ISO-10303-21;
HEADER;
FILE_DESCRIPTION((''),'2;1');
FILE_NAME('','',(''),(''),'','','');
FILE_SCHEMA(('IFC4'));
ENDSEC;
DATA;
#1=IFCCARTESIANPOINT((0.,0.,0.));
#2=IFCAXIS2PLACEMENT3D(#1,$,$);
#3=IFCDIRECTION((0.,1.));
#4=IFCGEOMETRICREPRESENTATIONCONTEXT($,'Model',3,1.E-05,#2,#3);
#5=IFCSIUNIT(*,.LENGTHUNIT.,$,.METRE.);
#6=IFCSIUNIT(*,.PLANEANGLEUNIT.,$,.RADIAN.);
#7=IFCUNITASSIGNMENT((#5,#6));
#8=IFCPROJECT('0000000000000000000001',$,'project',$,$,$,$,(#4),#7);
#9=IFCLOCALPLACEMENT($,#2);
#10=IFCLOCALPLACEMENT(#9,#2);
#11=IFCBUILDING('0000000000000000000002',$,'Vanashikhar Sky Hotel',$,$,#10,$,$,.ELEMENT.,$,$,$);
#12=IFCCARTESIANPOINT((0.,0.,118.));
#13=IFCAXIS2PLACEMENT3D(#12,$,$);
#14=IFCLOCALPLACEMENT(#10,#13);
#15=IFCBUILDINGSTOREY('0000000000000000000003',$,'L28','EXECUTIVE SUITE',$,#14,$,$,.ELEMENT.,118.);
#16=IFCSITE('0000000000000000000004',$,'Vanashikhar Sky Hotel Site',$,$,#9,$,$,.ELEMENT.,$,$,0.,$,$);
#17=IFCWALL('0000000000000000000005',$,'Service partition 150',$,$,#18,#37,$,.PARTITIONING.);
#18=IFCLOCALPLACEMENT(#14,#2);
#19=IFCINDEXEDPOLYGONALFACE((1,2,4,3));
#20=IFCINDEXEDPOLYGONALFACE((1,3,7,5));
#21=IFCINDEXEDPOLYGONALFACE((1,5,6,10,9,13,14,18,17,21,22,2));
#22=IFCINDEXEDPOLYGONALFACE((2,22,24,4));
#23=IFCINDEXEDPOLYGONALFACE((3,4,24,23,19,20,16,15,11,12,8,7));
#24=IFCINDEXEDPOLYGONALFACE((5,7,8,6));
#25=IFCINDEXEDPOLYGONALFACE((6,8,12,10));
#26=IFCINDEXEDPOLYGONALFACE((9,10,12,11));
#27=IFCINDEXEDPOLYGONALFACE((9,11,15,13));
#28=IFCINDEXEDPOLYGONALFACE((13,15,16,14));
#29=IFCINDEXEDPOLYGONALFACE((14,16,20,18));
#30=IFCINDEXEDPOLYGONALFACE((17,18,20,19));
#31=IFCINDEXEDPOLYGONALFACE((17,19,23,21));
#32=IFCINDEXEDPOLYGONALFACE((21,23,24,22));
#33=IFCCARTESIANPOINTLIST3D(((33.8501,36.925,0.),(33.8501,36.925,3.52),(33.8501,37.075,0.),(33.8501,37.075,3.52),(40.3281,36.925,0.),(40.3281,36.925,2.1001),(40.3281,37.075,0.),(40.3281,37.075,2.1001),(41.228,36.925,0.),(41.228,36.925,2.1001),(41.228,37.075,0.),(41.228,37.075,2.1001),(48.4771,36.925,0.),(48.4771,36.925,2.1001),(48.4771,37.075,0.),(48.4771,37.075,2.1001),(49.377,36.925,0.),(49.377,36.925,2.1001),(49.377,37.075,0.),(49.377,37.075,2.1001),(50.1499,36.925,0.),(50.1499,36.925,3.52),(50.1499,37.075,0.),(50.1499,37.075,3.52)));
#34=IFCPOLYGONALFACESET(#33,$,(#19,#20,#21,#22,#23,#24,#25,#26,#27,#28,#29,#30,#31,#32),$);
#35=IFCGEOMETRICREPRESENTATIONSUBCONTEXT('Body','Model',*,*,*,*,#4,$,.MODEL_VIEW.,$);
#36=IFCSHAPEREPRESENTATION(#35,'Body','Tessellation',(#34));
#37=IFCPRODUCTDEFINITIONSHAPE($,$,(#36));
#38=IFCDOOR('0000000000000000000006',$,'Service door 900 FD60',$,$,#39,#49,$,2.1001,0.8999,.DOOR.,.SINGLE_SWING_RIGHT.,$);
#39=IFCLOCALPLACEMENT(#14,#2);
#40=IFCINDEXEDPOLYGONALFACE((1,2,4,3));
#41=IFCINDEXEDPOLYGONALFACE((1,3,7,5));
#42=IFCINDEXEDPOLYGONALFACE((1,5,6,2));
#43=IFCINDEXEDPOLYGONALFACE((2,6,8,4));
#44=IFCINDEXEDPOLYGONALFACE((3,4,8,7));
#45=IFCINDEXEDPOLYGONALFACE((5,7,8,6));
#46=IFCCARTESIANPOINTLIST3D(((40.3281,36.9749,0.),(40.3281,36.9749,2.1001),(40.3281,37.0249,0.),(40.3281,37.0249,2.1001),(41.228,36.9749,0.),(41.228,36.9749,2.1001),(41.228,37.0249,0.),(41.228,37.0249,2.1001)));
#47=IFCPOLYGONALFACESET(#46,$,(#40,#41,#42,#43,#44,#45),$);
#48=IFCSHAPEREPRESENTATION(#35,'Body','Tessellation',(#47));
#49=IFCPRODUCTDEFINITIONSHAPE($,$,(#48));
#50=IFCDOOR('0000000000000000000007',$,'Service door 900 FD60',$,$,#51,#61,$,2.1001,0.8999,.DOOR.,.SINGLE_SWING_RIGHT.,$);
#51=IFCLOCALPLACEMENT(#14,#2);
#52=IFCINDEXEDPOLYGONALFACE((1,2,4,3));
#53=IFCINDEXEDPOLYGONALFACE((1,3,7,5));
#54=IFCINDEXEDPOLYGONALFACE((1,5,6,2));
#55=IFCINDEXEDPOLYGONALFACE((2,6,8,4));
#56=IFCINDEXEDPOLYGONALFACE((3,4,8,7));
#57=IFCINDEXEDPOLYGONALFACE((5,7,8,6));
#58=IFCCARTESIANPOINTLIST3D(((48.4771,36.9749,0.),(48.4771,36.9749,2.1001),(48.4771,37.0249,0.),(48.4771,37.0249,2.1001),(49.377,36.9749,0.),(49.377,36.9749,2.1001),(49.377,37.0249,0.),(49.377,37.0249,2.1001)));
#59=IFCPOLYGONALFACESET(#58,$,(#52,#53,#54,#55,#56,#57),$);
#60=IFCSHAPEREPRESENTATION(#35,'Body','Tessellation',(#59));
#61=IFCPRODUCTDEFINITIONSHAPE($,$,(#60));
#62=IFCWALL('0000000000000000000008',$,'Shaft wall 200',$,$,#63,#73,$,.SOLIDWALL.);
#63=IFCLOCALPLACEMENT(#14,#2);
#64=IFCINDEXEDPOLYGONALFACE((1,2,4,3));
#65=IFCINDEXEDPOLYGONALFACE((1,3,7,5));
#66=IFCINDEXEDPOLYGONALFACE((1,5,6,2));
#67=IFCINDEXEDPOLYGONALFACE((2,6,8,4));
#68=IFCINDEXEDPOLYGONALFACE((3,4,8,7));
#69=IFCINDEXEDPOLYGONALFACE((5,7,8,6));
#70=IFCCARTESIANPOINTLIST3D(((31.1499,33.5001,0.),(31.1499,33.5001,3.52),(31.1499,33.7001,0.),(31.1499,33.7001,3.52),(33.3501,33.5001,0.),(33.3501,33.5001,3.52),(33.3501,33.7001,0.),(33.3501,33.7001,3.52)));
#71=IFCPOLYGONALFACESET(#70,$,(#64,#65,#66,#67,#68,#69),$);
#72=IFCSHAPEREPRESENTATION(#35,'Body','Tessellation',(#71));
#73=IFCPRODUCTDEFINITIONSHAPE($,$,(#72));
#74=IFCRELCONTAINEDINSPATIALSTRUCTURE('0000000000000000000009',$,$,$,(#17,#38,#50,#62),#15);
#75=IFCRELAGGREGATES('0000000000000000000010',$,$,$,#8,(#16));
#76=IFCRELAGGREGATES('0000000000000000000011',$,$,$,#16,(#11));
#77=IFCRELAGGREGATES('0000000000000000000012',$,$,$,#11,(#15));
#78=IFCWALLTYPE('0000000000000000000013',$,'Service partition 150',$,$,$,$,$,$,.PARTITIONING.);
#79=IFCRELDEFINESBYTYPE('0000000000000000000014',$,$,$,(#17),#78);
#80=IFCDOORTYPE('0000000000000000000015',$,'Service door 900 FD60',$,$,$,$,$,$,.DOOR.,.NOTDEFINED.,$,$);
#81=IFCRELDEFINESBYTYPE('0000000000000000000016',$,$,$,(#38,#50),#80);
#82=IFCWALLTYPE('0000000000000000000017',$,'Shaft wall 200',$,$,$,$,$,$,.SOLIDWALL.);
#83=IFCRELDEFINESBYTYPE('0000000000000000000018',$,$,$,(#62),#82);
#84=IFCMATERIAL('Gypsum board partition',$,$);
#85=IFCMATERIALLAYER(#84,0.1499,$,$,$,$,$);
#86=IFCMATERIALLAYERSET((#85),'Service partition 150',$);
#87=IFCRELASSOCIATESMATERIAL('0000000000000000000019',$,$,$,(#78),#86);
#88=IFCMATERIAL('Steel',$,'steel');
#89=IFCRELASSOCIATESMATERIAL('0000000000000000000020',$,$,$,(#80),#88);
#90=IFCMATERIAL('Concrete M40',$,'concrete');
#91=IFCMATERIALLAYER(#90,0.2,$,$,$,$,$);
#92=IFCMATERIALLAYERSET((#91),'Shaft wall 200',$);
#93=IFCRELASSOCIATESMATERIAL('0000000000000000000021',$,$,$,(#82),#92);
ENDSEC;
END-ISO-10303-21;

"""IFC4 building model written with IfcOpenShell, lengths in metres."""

from ifc_helpers import new_model, si_unit, direction, frame, frame_2d, origin, place, context, subcontext, project, spatial, rectangle, extrude, source, transform, mapped, material, layer, layer_set, type_object, element, fill, save


model = new_model("IFC4")

# Units and contexts
model_context = context("Model", 3, precision=1e-05, world=origin(), true_north=direction((0.0, 1.0)))
body_context = subcontext(model_context, "Body", "Model", "MODEL_VIEW")
ifc_project = project(units=[si_unit("LENGTHUNIT", "METRE"), si_unit("PLANEANGLEUNIT", "RADIAN")], contexts=[model_context])

# Site, building, storey
site_placement = place(None, origin())
site = spatial("IfcSite", under=ifc_project, at=site_placement, Name="Vanashikhar Sky Hotel Site", CompositionType="ELEMENT", RefElevation=0.0)
building_placement = place(site_placement, origin())
building = spatial("IfcBuilding", under=site, at=building_placement, Name="Vanashikhar Sky Hotel", CompositionType="ELEMENT")
storey_placement = place(building_placement, frame((0.0, 0.0, 118.0)))
storey = spatial("IfcBuildingStorey", under=building, at=storey_placement, Name="L28", Description="EXECUTIVE SUITE", CompositionType="ELEMENT", Elevation=118.0)

# Shared definitions
ifc_material_1 = material(Name="Steel", Category="steel")

# Shared definitions
ifc_material_2 = material(Name="Gypsum board partition")
ifc_layer_1 = layer(ifc_material_2, 0.1499)
ifc_layer_set_1 = layer_set([ifc_layer_1], Name="Service partition 150")
wall_type_1 = type_object("IfcWallType", Name="Service partition 150", PredefinedType="PARTITIONING", material=ifc_layer_set_1)

# Wall, openings, doors
shared_shape_1 = source(origin(), body_context, "Body", "SweptSolid", [
    extrude(rectangle(XDim=0.8999, YDim=2.1001, at=frame_2d((0.45, 1.05))), frame((0.0, 0.085, 0.0), z_axis=(0.0, -1.0, 0.0), x_axis=(1.0, 0.0, 0.0)), (0.0, 0.0, 1.0), 0.1699),
])
door_type_1 = type_object("IfcDoorType", Name="Service door 900 FD60", OperationType="NOTDEFINED", PredefinedType="DOOR", material=ifc_material_1)
shared_shape_2 = source(origin(), body_context, "Body", "SweptSolid", [
    extrude(rectangle(XDim=0.8999, YDim=2.1001, at=frame_2d((0.45, 1.05))), frame((0.0, 0.0249, 0.0), z_axis=(0.0, -1.0, 0.0), x_axis=(1.0, 0.0, 0.0)), (0.0, 0.0, 1.0), 0.05),
])
shared_shape_3 = source(origin(), body_context, "Body", "SweptSolid", [
    extrude(rectangle(XDim=16.2998, YDim=0.1499, at=frame_2d((8.1499, 0.0))), origin(), (0.0, 0.0, 1.0), 3.52),
])
wall_1_placement = place(storey_placement, frame((33.8501, 37.0, 0.0), z_axis=(0.0, 0.0, 1.0), x_axis=(1.0, 0.0, 0.0)))
wall_1 = element("IfcWall", 1, at=wall_1_placement, inside=storey, type_object=wall_type_1, Name="Service partition 150", PredefinedType="PARTITIONING", context=body_context, shape_type="MappedRepresentation", body=[
    mapped(shared_shape_3, transform((0.0, 0.0, 0.0), scale=1.0)),
])
opening_1_placement = place(wall_1_placement, frame((6.478, 0.0, 0.0)))
opening_1 = element("IfcOpeningElement", 2, at=opening_1_placement, cuts=wall_1, PredefinedType="OPENING", context=body_context, shape_type="MappedRepresentation", body=[
    mapped(shared_shape_1, transform((0.0, 0.0, 0.0), scale=1.0)),
])
opening_2_placement = place(wall_1_placement, frame((14.627, 0.0, 0.0)))
opening_2 = element("IfcOpeningElement", 3, at=opening_2_placement, cuts=wall_1, PredefinedType="OPENING", context=body_context, shape_type="MappedRepresentation", body=[
    mapped(shared_shape_1, transform((0.0, 0.0, 0.0), scale=1.0)),
])
door_1_placement = place(opening_1_placement, origin())
door_1 = element("IfcDoor", 4, at=door_1_placement, inside=storey, type_object=door_type_1, Name="Service door 900 FD60", OperationType="SINGLE_SWING_RIGHT", OverallHeight=2.1001, OverallWidth=0.8999, PredefinedType="DOOR", context=body_context, shape_type="MappedRepresentation", body=[
    mapped(shared_shape_2, transform((0.0, 0.0, 0.0), scale=1.0)),
])
fill(opening_1, door_1)
door_2_placement = place(opening_2_placement, origin())
door_2 = element("IfcDoor", 5, at=door_2_placement, inside=storey, type_object=door_type_1, Name="Service door 900 FD60", OperationType="SINGLE_SWING_RIGHT", OverallHeight=2.1001, OverallWidth=0.8999, PredefinedType="DOOR", context=body_context, shape_type="MappedRepresentation", body=[
    mapped(shared_shape_2, transform((0.0, 0.0, 0.0), scale=1.0)),
])
fill(opening_2, door_2)

# Wall
ifc_material_3 = material(Name="Concrete M40", Category="concrete")
ifc_layer_2 = layer(ifc_material_3, 0.2)
ifc_layer_set_2 = layer_set([ifc_layer_2], Name="Shaft wall 200")
wall_type_2 = type_object("IfcWallType", Name="Shaft wall 200", PredefinedType="SOLIDWALL", material=ifc_layer_set_2)
shared_shape_4 = source(origin(), body_context, "Body", "SweptSolid", [
    extrude(rectangle(XDim=2.2002, YDim=0.2, at=frame_2d((1.1001, 0.0))), origin(), (0.0, 0.0, 1.0), 3.52),
])
wall_2_placement = place(storey_placement, frame((31.1499, 33.6001, 0.0), z_axis=(0.0, 0.0, 1.0), x_axis=(1.0, 0.0, 0.0)))
element("IfcWall", 6, at=wall_2_placement, inside=storey, type_object=wall_type_2, Name="Shaft wall 200", PredefinedType="SOLIDWALL", context=body_context, shape_type="MappedRepresentation", body=[
    mapped(shared_shape_4, transform((0.0, 0.0, 0.0), scale=1.0)),
])

save(model, "model.ifc")
